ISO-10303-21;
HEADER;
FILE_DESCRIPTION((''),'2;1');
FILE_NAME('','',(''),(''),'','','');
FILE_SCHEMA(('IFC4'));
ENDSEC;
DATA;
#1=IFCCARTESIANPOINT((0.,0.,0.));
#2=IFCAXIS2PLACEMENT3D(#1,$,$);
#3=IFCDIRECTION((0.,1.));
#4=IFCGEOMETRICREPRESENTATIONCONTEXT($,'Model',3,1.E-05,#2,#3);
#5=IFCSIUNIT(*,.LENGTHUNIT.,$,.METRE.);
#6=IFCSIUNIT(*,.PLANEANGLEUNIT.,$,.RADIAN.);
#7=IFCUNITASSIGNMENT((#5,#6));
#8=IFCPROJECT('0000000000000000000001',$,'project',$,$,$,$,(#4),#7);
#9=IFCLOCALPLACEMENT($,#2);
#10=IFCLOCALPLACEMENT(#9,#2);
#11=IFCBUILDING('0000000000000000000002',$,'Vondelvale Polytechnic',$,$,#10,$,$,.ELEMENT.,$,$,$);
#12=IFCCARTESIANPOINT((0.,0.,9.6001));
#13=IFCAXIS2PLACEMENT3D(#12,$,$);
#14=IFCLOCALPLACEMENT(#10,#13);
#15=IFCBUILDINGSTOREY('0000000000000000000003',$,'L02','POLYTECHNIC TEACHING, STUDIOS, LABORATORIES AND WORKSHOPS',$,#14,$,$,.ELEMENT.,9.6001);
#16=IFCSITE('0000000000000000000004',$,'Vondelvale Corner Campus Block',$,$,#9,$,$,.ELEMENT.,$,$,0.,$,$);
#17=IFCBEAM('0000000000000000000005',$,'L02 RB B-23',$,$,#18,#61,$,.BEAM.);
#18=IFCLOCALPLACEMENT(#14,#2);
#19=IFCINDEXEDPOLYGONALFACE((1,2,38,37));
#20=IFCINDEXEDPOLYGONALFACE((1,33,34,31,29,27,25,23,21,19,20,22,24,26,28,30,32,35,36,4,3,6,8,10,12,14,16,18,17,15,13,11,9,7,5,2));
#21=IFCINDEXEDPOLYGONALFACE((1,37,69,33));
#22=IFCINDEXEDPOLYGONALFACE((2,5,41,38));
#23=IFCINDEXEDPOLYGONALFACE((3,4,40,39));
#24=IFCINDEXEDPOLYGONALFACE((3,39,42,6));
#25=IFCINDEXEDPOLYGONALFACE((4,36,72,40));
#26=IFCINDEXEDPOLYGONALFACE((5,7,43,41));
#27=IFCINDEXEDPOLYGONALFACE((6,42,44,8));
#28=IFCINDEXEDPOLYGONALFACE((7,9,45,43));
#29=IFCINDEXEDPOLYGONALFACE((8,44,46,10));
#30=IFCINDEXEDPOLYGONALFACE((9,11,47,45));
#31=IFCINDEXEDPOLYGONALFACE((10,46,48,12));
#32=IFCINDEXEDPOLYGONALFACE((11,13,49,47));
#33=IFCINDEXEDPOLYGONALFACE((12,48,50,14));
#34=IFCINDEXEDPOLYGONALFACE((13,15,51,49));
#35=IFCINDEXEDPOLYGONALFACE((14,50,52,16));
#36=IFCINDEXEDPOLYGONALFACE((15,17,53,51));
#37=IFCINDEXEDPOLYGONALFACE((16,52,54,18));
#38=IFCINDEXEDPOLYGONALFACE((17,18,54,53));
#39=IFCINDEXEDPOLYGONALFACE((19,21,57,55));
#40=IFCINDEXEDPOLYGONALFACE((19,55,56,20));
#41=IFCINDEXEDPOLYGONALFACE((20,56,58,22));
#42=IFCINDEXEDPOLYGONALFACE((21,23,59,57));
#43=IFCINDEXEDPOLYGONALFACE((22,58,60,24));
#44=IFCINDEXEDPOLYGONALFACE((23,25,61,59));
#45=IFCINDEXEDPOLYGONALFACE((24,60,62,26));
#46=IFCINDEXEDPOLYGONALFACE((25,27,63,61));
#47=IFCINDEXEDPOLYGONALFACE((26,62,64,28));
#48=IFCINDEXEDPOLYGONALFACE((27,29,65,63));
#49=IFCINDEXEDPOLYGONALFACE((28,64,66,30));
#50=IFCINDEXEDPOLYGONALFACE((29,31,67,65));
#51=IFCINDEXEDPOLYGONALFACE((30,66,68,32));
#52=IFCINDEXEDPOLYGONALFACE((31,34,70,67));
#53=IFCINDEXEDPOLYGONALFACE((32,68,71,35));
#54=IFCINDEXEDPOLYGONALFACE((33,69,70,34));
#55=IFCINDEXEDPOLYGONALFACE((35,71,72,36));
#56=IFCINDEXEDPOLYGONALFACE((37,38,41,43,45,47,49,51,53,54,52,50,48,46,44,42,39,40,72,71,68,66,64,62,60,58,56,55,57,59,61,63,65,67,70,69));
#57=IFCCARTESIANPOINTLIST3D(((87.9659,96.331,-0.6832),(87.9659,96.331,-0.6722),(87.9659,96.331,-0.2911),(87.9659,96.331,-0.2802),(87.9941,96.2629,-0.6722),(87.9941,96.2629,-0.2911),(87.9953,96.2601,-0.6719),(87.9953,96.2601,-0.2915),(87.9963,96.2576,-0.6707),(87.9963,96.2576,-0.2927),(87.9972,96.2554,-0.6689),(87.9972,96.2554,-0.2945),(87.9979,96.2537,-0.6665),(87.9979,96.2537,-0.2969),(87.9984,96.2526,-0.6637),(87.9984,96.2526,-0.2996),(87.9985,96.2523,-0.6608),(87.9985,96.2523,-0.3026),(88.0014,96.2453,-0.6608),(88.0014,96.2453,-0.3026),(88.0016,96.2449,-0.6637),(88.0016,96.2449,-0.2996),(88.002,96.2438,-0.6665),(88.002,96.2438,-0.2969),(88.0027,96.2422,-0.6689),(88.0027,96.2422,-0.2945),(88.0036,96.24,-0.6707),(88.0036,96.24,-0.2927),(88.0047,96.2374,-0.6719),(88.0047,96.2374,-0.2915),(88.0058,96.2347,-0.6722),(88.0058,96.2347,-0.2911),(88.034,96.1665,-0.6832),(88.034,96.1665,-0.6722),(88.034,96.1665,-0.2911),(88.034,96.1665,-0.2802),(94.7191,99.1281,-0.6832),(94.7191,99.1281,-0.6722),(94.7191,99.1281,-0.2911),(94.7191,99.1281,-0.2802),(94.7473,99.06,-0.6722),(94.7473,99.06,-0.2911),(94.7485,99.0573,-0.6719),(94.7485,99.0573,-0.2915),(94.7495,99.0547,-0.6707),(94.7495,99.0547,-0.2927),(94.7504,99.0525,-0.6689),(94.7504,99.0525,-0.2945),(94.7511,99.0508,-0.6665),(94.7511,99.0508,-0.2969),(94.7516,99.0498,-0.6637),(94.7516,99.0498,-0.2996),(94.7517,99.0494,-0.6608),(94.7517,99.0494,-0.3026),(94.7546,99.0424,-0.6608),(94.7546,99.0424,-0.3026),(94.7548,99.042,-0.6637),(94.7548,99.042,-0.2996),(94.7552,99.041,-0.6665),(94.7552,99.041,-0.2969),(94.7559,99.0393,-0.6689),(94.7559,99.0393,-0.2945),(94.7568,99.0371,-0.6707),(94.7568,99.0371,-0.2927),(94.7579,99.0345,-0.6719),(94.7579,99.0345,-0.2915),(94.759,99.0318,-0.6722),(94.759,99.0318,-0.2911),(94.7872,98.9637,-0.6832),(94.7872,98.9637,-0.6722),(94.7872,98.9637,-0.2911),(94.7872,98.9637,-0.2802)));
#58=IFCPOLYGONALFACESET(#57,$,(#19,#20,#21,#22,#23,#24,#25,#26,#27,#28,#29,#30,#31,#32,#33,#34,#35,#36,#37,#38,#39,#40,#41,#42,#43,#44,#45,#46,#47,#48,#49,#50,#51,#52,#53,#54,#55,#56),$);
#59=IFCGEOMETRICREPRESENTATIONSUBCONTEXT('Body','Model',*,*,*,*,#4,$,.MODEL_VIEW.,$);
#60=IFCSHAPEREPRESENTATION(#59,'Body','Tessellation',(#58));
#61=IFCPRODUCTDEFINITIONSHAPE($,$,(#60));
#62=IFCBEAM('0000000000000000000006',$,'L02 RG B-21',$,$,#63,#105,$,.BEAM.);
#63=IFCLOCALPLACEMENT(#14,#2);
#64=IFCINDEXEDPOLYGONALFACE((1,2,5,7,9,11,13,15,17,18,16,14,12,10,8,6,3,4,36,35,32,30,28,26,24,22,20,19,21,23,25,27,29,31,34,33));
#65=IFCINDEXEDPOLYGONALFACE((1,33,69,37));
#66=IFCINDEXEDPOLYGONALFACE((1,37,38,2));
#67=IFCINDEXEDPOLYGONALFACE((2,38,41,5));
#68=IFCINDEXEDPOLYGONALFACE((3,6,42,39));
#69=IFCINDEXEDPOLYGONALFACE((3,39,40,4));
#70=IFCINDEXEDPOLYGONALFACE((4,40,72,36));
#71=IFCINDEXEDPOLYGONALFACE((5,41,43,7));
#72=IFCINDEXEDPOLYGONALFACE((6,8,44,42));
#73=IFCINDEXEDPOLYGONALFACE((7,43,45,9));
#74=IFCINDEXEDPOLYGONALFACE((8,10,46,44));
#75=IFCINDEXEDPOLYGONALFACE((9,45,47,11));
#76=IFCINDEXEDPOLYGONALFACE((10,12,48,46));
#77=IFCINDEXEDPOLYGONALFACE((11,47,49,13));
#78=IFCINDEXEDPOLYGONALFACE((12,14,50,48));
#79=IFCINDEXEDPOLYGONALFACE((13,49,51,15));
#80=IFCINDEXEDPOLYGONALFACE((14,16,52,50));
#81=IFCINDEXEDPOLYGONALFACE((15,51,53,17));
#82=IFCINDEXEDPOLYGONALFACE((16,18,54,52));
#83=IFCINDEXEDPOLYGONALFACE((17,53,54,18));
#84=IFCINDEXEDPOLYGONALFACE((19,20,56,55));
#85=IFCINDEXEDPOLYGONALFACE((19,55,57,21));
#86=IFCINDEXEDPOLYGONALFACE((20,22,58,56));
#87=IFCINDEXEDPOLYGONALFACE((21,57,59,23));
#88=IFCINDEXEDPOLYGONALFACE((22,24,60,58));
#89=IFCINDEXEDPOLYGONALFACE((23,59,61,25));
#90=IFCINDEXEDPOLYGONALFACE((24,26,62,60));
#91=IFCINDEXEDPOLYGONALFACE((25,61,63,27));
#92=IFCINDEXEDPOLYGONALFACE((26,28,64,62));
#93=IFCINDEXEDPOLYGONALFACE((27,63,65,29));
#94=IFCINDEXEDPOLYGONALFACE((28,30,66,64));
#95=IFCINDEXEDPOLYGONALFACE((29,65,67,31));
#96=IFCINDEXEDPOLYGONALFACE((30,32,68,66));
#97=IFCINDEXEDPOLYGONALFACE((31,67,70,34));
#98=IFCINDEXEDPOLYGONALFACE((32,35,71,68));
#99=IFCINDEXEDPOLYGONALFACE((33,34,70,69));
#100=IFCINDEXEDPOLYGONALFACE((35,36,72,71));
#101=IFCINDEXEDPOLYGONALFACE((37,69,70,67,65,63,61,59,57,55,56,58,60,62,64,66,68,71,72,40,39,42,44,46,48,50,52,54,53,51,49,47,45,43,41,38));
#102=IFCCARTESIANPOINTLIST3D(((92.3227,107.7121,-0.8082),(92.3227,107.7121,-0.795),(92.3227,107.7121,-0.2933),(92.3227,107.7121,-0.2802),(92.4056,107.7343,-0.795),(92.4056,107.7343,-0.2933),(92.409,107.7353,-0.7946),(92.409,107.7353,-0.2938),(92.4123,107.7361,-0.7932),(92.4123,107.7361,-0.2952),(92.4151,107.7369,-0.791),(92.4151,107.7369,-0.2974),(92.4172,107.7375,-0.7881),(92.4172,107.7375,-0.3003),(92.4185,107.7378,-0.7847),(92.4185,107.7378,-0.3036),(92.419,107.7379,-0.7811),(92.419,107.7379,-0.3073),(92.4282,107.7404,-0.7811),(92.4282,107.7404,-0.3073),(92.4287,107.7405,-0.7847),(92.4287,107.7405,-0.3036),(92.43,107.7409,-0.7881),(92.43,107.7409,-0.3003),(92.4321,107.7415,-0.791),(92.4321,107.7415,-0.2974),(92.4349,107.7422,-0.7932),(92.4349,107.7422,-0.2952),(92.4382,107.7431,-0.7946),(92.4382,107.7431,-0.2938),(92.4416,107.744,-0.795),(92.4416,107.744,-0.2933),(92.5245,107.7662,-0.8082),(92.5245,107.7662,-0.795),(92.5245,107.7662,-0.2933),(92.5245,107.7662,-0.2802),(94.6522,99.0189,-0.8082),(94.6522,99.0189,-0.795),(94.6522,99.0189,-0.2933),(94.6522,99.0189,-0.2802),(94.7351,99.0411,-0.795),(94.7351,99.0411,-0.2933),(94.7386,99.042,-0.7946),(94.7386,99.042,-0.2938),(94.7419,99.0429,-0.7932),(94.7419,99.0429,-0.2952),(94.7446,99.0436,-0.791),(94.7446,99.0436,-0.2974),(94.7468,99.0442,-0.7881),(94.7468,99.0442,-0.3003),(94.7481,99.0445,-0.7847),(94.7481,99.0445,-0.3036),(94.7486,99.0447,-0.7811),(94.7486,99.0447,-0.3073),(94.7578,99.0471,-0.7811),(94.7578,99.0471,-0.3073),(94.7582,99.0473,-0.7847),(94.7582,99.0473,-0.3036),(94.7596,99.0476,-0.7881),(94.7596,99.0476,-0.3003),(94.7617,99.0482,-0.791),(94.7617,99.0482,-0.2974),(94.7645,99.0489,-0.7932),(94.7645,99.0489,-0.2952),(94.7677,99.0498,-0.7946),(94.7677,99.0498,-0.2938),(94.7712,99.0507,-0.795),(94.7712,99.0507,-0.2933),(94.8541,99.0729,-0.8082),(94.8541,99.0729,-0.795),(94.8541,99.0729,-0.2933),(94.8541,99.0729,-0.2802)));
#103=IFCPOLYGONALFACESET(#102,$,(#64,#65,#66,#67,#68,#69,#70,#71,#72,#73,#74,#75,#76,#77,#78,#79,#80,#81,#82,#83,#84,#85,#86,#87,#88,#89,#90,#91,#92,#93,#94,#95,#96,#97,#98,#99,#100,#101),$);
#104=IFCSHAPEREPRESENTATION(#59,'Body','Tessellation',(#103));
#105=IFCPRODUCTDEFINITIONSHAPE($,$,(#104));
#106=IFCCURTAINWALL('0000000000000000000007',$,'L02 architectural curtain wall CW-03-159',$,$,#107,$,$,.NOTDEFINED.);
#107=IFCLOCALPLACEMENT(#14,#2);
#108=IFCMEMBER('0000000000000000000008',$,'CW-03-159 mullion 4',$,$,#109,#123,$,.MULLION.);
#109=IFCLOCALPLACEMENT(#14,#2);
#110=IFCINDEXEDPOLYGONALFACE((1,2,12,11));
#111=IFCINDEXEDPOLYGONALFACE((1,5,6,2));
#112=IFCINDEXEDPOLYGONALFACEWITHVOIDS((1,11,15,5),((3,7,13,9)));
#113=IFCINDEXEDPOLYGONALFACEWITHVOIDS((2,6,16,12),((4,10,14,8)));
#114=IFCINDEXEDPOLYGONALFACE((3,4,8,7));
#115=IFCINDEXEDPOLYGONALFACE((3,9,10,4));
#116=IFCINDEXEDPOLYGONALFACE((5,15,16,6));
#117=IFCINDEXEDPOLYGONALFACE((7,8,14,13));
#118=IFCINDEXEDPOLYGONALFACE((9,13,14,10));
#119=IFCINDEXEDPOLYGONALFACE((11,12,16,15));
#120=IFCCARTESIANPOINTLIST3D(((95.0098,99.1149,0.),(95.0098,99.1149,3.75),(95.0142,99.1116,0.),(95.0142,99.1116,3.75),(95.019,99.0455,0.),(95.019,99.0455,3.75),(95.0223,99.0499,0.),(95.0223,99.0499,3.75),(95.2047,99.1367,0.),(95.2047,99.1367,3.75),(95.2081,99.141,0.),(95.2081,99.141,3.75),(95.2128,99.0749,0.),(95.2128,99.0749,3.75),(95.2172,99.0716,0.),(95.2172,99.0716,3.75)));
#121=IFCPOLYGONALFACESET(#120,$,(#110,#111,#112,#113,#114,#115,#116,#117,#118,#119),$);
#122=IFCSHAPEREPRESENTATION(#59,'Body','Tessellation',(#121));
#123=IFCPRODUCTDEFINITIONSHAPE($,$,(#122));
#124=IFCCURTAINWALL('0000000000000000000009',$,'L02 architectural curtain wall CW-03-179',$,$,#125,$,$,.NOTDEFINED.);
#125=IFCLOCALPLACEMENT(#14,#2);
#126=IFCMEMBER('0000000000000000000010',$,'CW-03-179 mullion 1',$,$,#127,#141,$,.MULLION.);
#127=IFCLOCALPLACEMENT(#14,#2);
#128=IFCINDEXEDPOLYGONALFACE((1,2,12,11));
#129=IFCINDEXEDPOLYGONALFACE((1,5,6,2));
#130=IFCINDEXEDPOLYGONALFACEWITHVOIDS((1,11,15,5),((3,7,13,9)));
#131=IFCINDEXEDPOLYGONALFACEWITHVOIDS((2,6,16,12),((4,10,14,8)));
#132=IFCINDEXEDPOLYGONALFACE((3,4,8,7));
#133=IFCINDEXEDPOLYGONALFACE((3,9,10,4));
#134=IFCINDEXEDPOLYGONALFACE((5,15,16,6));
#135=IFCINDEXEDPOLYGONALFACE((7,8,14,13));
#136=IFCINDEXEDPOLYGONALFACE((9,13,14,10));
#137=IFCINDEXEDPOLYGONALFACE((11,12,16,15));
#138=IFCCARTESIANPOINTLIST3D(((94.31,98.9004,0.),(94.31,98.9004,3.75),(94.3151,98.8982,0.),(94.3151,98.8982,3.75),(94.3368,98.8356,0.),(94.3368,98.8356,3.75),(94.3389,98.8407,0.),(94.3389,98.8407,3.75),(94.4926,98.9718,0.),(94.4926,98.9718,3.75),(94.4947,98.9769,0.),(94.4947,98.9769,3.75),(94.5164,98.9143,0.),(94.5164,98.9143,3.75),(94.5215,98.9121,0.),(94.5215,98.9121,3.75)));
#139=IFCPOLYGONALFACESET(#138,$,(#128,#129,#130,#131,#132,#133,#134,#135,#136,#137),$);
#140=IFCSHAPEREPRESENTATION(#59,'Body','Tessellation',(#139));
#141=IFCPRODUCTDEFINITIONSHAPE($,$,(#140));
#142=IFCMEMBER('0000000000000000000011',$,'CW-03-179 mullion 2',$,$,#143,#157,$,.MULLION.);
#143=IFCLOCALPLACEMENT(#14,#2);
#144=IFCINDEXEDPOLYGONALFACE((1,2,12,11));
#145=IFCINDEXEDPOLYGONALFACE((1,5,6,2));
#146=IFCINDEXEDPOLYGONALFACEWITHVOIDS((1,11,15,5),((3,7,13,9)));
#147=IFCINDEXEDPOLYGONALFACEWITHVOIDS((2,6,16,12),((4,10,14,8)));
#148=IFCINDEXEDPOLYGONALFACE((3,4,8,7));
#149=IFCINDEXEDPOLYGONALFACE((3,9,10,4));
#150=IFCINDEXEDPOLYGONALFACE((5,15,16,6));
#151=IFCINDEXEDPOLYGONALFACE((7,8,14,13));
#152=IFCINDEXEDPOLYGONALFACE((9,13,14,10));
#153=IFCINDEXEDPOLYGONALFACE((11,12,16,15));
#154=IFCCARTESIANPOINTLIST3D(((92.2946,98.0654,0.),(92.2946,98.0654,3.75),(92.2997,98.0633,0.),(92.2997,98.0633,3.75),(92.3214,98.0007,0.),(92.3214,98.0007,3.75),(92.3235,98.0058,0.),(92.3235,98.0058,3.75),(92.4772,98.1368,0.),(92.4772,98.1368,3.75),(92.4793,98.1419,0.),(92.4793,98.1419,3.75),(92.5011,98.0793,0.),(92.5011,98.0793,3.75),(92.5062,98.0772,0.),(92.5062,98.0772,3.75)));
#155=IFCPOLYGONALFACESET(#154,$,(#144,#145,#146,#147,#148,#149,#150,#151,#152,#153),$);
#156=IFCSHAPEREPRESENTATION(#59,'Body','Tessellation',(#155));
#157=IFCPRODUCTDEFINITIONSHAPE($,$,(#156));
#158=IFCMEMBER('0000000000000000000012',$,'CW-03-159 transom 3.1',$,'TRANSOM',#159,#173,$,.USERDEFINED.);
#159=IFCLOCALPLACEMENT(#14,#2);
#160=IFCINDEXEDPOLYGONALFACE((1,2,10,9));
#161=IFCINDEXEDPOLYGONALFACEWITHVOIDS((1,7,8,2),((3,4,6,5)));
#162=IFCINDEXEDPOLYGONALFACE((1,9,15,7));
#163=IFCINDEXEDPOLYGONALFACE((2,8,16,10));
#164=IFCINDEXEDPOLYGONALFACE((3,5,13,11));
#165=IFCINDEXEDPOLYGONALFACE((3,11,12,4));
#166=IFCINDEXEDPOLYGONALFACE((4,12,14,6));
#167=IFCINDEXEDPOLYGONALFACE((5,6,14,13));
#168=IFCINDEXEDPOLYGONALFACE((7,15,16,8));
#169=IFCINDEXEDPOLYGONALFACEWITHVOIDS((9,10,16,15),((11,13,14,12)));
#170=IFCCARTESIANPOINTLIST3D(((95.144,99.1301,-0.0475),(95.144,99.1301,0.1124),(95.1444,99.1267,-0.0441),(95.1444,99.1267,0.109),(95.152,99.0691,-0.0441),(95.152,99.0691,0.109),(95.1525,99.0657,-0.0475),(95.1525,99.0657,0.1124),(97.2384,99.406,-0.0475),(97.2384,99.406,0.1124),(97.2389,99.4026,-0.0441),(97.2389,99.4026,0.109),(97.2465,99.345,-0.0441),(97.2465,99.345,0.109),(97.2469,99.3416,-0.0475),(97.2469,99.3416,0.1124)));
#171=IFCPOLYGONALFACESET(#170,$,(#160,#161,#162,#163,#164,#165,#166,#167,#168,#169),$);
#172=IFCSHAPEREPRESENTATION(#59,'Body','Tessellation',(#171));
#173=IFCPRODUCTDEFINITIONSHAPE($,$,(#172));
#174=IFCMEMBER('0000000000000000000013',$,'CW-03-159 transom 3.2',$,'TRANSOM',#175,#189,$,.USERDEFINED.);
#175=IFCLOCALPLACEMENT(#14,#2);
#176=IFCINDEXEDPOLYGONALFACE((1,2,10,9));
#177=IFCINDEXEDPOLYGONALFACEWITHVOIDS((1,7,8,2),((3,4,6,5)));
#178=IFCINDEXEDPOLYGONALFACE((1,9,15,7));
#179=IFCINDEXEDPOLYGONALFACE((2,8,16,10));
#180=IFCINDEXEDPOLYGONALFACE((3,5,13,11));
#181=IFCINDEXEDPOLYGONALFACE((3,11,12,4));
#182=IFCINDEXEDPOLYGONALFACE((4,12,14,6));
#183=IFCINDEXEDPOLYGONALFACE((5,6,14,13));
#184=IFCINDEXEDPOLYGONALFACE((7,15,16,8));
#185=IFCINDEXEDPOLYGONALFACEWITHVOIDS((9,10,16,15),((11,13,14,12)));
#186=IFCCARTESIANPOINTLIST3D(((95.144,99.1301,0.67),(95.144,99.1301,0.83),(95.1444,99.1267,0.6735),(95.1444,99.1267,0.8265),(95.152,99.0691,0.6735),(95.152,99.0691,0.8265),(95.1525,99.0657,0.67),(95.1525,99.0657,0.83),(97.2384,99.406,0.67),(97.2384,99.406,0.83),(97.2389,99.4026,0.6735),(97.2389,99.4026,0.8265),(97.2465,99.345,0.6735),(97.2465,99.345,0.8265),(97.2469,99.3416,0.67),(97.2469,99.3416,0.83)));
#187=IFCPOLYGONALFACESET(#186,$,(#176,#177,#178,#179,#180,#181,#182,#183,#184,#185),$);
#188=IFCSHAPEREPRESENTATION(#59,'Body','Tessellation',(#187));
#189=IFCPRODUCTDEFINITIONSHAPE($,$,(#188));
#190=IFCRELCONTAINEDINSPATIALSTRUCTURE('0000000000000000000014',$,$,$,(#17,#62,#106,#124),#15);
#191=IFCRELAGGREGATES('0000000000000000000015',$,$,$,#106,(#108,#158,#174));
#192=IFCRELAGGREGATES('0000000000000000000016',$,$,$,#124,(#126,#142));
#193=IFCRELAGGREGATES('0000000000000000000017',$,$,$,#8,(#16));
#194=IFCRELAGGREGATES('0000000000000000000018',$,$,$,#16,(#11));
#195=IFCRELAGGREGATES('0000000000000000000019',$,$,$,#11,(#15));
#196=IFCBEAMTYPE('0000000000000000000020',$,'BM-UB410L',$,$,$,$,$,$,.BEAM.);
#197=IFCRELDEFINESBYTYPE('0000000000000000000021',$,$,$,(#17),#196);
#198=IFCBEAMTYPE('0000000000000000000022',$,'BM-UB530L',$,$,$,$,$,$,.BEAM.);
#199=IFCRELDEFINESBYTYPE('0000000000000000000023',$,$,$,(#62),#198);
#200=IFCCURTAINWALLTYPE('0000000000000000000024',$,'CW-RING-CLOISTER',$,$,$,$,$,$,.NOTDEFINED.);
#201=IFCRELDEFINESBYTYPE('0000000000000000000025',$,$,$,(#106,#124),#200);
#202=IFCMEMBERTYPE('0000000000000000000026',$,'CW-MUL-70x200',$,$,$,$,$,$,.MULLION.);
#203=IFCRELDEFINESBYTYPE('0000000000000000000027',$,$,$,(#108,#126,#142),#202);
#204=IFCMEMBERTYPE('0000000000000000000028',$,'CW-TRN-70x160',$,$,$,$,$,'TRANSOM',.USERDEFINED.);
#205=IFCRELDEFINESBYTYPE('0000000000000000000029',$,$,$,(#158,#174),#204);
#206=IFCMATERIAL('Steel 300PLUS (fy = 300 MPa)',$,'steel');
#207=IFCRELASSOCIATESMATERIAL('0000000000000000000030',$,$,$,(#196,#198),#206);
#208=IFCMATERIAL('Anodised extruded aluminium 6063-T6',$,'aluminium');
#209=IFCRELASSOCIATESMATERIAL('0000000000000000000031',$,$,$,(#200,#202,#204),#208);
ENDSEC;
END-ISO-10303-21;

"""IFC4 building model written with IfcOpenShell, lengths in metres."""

from ifc_helpers import new_model, si_unit, direction, frame, origin, origin_2d, place, context, subcontext, project, spatial, hollow_rectangle, i_section, extrude, material, material_profile, profile_set, type_object, element, aggregate, save


model = new_model("IFC4")

# Units and contexts
model_context = context("Model", 3, precision=1e-05, world=origin(), true_north=direction((0.0, 1.0)))
body_context = subcontext(model_context, "Body", "Model", "MODEL_VIEW")
ifc_project = project(units=[si_unit("LENGTHUNIT", "METRE"), si_unit("PLANEANGLEUNIT", "RADIAN")], contexts=[model_context])

# Site, building, storey
site_placement = place(None, origin())
site = spatial("IfcSite", under=ifc_project, at=site_placement, Name="Vondelvale Corner Campus Block", CompositionType="ELEMENT", RefElevation=0.0)
building_placement = place(site_placement, origin())
building = spatial("IfcBuilding", under=site, at=building_placement, Name="Vondelvale Polytechnic", CompositionType="ELEMENT")
storey_placement = place(building_placement, frame((0.0, 0.0, 9.6001)))
storey = spatial("IfcBuildingStorey", under=building, at=storey_placement, Name="L02", Description="POLYTECHNIC TEACHING, STUDIOS, LABORATORIES AND WORKSHOPS", CompositionType="ELEMENT", Elevation=9.6001)

# Beams
ifc_material_1 = material(Name="Steel 300PLUS (fy = 300 MPa)", Category="steel")
ifc_material_profile_1 = material_profile(ifc_material_1, i_section(OverallWidth=0.178, OverallDepth=0.4031, WebThickness=0.0076, FlangeThickness=0.011, FilletRadius=0.0115, at=origin_2d()), Name="410UB53.7")
ifc_profile_set_1 = profile_set([ifc_material_profile_1], Name="Steel 300PLUS (fy = 300 MPa)")
beam_type_1 = type_object("IfcBeamType", Name="BM-UB410L", PredefinedType="BEAM", material=ifc_profile_set_1)
beam_1_placement = place(storey_placement, frame((94.7532, 99.0459, -0.4817), z_axis=(-0.923886, -0.382667, 0.0), x_axis=(0.382667, -0.923886, 0.0)))
element("IfcBeam", 1, at=beam_1_placement, inside=storey, type_object=beam_type_1, Name="L02 RB B-23", PredefinedType="BEAM", context=body_context, shape_type="SweptSolid", body=[
    extrude(i_section(OverallWidth=0.178, OverallDepth=0.4031, WebThickness=0.0076, FlangeThickness=0.011, FilletRadius=0.0115, at=origin_2d()), origin(), (0.0, 0.0, 1.0), 7.3096),
])
ifc_material_profile_2 = material_profile(ifc_material_1, i_section(OverallWidth=0.209, OverallDepth=0.5281, WebThickness=0.0095, FlangeThickness=0.0132, FilletRadius=0.0139, at=origin_2d()), Name="530UB82.0")
ifc_profile_set_2 = profile_set([ifc_material_profile_2], Name="Steel 300PLUS (fy = 300 MPa)")
beam_type_2 = type_object("IfcBeamType", Name="BM-UB530L", PredefinedType="BEAM", material=ifc_profile_set_2)
beam_2_placement = place(storey_placement, frame((94.7532, 99.0459, -0.5442), z_axis=(-0.258841, 0.96592, 0.0), x_axis=(-0.96592, -0.258841, 0.0)))
element("IfcBeam", 2, at=beam_2_placement, inside=storey, type_object=beam_type_2, Name="L02 RG B-21", PredefinedType="BEAM", context=body_context, shape_type="SweptSolid", body=[
    extrude(i_section(OverallWidth=0.209, OverallDepth=0.5281, WebThickness=0.0095, FlangeThickness=0.0132, FilletRadius=0.0139, at=origin_2d()), origin(), (0.0, 0.0, 1.0), 9.0),
])

# Curtain wall, member
ifc_material_2 = material(Name="Anodised extruded aluminium 6063-T6", Category="aluminium")
curtain_wall_type = type_object("IfcCurtainWallType", Name="CW-RING-CLOISTER", PredefinedType="NOTDEFINED", material=ifc_material_2)
curtain_wall_1_placement = place(storey_placement, origin())
curtain_wall_1 = element("IfcCurtainWall", 3, at=curtain_wall_1_placement, inside=storey, type_object=curtain_wall_type, Name="L02 architectural curtain wall CW-03-159", PredefinedType="NOTDEFINED")
ifc_material_profile_3 = material_profile(ifc_material_2, hollow_rectangle(XDim=0.0701, YDim=0.2, WallThickness=0.0039, at=origin_2d()), Name="CW-MUL-200x70")
ifc_profile_set_3 = profile_set([ifc_material_profile_3], Name="Anodised extruded aluminium 6063-T6")
member_type_1 = type_object("IfcMemberType", Name="CW-MUL-70x200", PredefinedType="MULLION", material=ifc_profile_set_3)
member_1_placement = place(storey_placement, frame((95.1135, 99.0933, 0.0), z_axis=(0.0, 0.0, 1.0), x_axis=(0.130528, -0.991445, 0.0)))
member_1 = element("IfcMember", 4, at=member_1_placement, type_object=member_type_1, Name="CW-03-159 mullion 4", PredefinedType="MULLION", context=body_context, shape_type="SweptSolid", body=[
    extrude(hollow_rectangle(XDim=0.0701, YDim=0.2, WallThickness=0.0039, at=origin_2d()), origin(), (0.0, 0.0, 1.0), 3.75),
])

# Curtain wall, members
curtain_wall_2_placement = place(storey_placement, origin())
curtain_wall_2 = element("IfcCurtainWall", 5, at=curtain_wall_2_placement, inside=storey, type_object=curtain_wall_type, Name="L02 architectural curtain wall CW-03-179", PredefinedType="NOTDEFINED")
member_2_placement = place(storey_placement, frame((94.4158, 98.9062, 0.0), z_axis=(0.0, 0.0, 1.0), x_axis=(0.382679, -0.923882, 0.0)))
member_2 = element("IfcMember", 6, at=member_2_placement, type_object=member_type_1, Name="CW-03-179 mullion 1", PredefinedType="MULLION", context=body_context, shape_type="SweptSolid", body=[
    extrude(hollow_rectangle(XDim=0.0701, YDim=0.2, WallThickness=0.0039, at=origin_2d()), origin(), (0.0, 0.0, 1.0), 3.75),
])
member_3_placement = place(storey_placement, frame((92.4004, 98.0713, 0.0), z_axis=(0.0, 0.0, 1.0), x_axis=(0.382679, -0.923882, 0.0)))
member_3 = element("IfcMember", 7, at=member_3_placement, type_object=member_type_1, Name="CW-03-179 mullion 2", PredefinedType="MULLION", context=body_context, shape_type="SweptSolid", body=[
    extrude(hollow_rectangle(XDim=0.0701, YDim=0.2, WallThickness=0.0039, at=origin_2d()), origin(), (0.0, 0.0, 1.0), 3.75),
])

# Members
ifc_material_profile_4 = material_profile(ifc_material_2, hollow_rectangle(XDim=0.0649, YDim=0.1599, WallThickness=0.0034, at=origin_2d()), Name="CW-TRN-160x65")
ifc_profile_set_4 = profile_set([ifc_material_profile_4], Name="Anodised extruded aluminium 6063-T6")
member_type_2 = type_object("IfcMemberType", Name="CW-TRN-70x160", ElementType="TRANSOM", PredefinedType="USERDEFINED", material=ifc_profile_set_4)
member_4_placement = place(storey_placement, frame((97.2427, 99.3738, 0.0325), z_axis=(-0.991437, -0.130589, 0.0), x_axis=(0.130589, -0.991437, 0.0)))
member_4 = element("IfcMember", 8, at=member_4_placement, type_object=member_type_2, Name="CW-03-159 transom 3.1", ObjectType="TRANSOM", PredefinedType="USERDEFINED", context=body_context, shape_type="SweptSolid", body=[
    extrude(hollow_rectangle(XDim=0.0649, YDim=0.1599, WallThickness=0.0034, at=origin_2d()), origin(), (0.0, 0.0, 1.0), 2.1125),
])
member_5_placement = place(storey_placement, frame((97.2427, 99.3738, 0.75), z_axis=(-0.991437, -0.130589, 0.0), x_axis=(0.130589, -0.991437, 0.0)))
member_5 = element("IfcMember", 9, at=member_5_placement, type_object=member_type_2, Name="CW-03-159 transom 3.2", ObjectType="TRANSOM", PredefinedType="USERDEFINED", context=body_context, shape_type="SweptSolid", body=[
    extrude(hollow_rectangle(XDim=0.0649, YDim=0.1599, WallThickness=0.0034, at=origin_2d()), origin(), (0.0, 0.0, 1.0), 2.1125),
])

aggregate(curtain_wall_1, [member_1, member_4, member_5])
aggregate(curtain_wall_2, [member_2, member_3])

save(model, "model.ifc")
